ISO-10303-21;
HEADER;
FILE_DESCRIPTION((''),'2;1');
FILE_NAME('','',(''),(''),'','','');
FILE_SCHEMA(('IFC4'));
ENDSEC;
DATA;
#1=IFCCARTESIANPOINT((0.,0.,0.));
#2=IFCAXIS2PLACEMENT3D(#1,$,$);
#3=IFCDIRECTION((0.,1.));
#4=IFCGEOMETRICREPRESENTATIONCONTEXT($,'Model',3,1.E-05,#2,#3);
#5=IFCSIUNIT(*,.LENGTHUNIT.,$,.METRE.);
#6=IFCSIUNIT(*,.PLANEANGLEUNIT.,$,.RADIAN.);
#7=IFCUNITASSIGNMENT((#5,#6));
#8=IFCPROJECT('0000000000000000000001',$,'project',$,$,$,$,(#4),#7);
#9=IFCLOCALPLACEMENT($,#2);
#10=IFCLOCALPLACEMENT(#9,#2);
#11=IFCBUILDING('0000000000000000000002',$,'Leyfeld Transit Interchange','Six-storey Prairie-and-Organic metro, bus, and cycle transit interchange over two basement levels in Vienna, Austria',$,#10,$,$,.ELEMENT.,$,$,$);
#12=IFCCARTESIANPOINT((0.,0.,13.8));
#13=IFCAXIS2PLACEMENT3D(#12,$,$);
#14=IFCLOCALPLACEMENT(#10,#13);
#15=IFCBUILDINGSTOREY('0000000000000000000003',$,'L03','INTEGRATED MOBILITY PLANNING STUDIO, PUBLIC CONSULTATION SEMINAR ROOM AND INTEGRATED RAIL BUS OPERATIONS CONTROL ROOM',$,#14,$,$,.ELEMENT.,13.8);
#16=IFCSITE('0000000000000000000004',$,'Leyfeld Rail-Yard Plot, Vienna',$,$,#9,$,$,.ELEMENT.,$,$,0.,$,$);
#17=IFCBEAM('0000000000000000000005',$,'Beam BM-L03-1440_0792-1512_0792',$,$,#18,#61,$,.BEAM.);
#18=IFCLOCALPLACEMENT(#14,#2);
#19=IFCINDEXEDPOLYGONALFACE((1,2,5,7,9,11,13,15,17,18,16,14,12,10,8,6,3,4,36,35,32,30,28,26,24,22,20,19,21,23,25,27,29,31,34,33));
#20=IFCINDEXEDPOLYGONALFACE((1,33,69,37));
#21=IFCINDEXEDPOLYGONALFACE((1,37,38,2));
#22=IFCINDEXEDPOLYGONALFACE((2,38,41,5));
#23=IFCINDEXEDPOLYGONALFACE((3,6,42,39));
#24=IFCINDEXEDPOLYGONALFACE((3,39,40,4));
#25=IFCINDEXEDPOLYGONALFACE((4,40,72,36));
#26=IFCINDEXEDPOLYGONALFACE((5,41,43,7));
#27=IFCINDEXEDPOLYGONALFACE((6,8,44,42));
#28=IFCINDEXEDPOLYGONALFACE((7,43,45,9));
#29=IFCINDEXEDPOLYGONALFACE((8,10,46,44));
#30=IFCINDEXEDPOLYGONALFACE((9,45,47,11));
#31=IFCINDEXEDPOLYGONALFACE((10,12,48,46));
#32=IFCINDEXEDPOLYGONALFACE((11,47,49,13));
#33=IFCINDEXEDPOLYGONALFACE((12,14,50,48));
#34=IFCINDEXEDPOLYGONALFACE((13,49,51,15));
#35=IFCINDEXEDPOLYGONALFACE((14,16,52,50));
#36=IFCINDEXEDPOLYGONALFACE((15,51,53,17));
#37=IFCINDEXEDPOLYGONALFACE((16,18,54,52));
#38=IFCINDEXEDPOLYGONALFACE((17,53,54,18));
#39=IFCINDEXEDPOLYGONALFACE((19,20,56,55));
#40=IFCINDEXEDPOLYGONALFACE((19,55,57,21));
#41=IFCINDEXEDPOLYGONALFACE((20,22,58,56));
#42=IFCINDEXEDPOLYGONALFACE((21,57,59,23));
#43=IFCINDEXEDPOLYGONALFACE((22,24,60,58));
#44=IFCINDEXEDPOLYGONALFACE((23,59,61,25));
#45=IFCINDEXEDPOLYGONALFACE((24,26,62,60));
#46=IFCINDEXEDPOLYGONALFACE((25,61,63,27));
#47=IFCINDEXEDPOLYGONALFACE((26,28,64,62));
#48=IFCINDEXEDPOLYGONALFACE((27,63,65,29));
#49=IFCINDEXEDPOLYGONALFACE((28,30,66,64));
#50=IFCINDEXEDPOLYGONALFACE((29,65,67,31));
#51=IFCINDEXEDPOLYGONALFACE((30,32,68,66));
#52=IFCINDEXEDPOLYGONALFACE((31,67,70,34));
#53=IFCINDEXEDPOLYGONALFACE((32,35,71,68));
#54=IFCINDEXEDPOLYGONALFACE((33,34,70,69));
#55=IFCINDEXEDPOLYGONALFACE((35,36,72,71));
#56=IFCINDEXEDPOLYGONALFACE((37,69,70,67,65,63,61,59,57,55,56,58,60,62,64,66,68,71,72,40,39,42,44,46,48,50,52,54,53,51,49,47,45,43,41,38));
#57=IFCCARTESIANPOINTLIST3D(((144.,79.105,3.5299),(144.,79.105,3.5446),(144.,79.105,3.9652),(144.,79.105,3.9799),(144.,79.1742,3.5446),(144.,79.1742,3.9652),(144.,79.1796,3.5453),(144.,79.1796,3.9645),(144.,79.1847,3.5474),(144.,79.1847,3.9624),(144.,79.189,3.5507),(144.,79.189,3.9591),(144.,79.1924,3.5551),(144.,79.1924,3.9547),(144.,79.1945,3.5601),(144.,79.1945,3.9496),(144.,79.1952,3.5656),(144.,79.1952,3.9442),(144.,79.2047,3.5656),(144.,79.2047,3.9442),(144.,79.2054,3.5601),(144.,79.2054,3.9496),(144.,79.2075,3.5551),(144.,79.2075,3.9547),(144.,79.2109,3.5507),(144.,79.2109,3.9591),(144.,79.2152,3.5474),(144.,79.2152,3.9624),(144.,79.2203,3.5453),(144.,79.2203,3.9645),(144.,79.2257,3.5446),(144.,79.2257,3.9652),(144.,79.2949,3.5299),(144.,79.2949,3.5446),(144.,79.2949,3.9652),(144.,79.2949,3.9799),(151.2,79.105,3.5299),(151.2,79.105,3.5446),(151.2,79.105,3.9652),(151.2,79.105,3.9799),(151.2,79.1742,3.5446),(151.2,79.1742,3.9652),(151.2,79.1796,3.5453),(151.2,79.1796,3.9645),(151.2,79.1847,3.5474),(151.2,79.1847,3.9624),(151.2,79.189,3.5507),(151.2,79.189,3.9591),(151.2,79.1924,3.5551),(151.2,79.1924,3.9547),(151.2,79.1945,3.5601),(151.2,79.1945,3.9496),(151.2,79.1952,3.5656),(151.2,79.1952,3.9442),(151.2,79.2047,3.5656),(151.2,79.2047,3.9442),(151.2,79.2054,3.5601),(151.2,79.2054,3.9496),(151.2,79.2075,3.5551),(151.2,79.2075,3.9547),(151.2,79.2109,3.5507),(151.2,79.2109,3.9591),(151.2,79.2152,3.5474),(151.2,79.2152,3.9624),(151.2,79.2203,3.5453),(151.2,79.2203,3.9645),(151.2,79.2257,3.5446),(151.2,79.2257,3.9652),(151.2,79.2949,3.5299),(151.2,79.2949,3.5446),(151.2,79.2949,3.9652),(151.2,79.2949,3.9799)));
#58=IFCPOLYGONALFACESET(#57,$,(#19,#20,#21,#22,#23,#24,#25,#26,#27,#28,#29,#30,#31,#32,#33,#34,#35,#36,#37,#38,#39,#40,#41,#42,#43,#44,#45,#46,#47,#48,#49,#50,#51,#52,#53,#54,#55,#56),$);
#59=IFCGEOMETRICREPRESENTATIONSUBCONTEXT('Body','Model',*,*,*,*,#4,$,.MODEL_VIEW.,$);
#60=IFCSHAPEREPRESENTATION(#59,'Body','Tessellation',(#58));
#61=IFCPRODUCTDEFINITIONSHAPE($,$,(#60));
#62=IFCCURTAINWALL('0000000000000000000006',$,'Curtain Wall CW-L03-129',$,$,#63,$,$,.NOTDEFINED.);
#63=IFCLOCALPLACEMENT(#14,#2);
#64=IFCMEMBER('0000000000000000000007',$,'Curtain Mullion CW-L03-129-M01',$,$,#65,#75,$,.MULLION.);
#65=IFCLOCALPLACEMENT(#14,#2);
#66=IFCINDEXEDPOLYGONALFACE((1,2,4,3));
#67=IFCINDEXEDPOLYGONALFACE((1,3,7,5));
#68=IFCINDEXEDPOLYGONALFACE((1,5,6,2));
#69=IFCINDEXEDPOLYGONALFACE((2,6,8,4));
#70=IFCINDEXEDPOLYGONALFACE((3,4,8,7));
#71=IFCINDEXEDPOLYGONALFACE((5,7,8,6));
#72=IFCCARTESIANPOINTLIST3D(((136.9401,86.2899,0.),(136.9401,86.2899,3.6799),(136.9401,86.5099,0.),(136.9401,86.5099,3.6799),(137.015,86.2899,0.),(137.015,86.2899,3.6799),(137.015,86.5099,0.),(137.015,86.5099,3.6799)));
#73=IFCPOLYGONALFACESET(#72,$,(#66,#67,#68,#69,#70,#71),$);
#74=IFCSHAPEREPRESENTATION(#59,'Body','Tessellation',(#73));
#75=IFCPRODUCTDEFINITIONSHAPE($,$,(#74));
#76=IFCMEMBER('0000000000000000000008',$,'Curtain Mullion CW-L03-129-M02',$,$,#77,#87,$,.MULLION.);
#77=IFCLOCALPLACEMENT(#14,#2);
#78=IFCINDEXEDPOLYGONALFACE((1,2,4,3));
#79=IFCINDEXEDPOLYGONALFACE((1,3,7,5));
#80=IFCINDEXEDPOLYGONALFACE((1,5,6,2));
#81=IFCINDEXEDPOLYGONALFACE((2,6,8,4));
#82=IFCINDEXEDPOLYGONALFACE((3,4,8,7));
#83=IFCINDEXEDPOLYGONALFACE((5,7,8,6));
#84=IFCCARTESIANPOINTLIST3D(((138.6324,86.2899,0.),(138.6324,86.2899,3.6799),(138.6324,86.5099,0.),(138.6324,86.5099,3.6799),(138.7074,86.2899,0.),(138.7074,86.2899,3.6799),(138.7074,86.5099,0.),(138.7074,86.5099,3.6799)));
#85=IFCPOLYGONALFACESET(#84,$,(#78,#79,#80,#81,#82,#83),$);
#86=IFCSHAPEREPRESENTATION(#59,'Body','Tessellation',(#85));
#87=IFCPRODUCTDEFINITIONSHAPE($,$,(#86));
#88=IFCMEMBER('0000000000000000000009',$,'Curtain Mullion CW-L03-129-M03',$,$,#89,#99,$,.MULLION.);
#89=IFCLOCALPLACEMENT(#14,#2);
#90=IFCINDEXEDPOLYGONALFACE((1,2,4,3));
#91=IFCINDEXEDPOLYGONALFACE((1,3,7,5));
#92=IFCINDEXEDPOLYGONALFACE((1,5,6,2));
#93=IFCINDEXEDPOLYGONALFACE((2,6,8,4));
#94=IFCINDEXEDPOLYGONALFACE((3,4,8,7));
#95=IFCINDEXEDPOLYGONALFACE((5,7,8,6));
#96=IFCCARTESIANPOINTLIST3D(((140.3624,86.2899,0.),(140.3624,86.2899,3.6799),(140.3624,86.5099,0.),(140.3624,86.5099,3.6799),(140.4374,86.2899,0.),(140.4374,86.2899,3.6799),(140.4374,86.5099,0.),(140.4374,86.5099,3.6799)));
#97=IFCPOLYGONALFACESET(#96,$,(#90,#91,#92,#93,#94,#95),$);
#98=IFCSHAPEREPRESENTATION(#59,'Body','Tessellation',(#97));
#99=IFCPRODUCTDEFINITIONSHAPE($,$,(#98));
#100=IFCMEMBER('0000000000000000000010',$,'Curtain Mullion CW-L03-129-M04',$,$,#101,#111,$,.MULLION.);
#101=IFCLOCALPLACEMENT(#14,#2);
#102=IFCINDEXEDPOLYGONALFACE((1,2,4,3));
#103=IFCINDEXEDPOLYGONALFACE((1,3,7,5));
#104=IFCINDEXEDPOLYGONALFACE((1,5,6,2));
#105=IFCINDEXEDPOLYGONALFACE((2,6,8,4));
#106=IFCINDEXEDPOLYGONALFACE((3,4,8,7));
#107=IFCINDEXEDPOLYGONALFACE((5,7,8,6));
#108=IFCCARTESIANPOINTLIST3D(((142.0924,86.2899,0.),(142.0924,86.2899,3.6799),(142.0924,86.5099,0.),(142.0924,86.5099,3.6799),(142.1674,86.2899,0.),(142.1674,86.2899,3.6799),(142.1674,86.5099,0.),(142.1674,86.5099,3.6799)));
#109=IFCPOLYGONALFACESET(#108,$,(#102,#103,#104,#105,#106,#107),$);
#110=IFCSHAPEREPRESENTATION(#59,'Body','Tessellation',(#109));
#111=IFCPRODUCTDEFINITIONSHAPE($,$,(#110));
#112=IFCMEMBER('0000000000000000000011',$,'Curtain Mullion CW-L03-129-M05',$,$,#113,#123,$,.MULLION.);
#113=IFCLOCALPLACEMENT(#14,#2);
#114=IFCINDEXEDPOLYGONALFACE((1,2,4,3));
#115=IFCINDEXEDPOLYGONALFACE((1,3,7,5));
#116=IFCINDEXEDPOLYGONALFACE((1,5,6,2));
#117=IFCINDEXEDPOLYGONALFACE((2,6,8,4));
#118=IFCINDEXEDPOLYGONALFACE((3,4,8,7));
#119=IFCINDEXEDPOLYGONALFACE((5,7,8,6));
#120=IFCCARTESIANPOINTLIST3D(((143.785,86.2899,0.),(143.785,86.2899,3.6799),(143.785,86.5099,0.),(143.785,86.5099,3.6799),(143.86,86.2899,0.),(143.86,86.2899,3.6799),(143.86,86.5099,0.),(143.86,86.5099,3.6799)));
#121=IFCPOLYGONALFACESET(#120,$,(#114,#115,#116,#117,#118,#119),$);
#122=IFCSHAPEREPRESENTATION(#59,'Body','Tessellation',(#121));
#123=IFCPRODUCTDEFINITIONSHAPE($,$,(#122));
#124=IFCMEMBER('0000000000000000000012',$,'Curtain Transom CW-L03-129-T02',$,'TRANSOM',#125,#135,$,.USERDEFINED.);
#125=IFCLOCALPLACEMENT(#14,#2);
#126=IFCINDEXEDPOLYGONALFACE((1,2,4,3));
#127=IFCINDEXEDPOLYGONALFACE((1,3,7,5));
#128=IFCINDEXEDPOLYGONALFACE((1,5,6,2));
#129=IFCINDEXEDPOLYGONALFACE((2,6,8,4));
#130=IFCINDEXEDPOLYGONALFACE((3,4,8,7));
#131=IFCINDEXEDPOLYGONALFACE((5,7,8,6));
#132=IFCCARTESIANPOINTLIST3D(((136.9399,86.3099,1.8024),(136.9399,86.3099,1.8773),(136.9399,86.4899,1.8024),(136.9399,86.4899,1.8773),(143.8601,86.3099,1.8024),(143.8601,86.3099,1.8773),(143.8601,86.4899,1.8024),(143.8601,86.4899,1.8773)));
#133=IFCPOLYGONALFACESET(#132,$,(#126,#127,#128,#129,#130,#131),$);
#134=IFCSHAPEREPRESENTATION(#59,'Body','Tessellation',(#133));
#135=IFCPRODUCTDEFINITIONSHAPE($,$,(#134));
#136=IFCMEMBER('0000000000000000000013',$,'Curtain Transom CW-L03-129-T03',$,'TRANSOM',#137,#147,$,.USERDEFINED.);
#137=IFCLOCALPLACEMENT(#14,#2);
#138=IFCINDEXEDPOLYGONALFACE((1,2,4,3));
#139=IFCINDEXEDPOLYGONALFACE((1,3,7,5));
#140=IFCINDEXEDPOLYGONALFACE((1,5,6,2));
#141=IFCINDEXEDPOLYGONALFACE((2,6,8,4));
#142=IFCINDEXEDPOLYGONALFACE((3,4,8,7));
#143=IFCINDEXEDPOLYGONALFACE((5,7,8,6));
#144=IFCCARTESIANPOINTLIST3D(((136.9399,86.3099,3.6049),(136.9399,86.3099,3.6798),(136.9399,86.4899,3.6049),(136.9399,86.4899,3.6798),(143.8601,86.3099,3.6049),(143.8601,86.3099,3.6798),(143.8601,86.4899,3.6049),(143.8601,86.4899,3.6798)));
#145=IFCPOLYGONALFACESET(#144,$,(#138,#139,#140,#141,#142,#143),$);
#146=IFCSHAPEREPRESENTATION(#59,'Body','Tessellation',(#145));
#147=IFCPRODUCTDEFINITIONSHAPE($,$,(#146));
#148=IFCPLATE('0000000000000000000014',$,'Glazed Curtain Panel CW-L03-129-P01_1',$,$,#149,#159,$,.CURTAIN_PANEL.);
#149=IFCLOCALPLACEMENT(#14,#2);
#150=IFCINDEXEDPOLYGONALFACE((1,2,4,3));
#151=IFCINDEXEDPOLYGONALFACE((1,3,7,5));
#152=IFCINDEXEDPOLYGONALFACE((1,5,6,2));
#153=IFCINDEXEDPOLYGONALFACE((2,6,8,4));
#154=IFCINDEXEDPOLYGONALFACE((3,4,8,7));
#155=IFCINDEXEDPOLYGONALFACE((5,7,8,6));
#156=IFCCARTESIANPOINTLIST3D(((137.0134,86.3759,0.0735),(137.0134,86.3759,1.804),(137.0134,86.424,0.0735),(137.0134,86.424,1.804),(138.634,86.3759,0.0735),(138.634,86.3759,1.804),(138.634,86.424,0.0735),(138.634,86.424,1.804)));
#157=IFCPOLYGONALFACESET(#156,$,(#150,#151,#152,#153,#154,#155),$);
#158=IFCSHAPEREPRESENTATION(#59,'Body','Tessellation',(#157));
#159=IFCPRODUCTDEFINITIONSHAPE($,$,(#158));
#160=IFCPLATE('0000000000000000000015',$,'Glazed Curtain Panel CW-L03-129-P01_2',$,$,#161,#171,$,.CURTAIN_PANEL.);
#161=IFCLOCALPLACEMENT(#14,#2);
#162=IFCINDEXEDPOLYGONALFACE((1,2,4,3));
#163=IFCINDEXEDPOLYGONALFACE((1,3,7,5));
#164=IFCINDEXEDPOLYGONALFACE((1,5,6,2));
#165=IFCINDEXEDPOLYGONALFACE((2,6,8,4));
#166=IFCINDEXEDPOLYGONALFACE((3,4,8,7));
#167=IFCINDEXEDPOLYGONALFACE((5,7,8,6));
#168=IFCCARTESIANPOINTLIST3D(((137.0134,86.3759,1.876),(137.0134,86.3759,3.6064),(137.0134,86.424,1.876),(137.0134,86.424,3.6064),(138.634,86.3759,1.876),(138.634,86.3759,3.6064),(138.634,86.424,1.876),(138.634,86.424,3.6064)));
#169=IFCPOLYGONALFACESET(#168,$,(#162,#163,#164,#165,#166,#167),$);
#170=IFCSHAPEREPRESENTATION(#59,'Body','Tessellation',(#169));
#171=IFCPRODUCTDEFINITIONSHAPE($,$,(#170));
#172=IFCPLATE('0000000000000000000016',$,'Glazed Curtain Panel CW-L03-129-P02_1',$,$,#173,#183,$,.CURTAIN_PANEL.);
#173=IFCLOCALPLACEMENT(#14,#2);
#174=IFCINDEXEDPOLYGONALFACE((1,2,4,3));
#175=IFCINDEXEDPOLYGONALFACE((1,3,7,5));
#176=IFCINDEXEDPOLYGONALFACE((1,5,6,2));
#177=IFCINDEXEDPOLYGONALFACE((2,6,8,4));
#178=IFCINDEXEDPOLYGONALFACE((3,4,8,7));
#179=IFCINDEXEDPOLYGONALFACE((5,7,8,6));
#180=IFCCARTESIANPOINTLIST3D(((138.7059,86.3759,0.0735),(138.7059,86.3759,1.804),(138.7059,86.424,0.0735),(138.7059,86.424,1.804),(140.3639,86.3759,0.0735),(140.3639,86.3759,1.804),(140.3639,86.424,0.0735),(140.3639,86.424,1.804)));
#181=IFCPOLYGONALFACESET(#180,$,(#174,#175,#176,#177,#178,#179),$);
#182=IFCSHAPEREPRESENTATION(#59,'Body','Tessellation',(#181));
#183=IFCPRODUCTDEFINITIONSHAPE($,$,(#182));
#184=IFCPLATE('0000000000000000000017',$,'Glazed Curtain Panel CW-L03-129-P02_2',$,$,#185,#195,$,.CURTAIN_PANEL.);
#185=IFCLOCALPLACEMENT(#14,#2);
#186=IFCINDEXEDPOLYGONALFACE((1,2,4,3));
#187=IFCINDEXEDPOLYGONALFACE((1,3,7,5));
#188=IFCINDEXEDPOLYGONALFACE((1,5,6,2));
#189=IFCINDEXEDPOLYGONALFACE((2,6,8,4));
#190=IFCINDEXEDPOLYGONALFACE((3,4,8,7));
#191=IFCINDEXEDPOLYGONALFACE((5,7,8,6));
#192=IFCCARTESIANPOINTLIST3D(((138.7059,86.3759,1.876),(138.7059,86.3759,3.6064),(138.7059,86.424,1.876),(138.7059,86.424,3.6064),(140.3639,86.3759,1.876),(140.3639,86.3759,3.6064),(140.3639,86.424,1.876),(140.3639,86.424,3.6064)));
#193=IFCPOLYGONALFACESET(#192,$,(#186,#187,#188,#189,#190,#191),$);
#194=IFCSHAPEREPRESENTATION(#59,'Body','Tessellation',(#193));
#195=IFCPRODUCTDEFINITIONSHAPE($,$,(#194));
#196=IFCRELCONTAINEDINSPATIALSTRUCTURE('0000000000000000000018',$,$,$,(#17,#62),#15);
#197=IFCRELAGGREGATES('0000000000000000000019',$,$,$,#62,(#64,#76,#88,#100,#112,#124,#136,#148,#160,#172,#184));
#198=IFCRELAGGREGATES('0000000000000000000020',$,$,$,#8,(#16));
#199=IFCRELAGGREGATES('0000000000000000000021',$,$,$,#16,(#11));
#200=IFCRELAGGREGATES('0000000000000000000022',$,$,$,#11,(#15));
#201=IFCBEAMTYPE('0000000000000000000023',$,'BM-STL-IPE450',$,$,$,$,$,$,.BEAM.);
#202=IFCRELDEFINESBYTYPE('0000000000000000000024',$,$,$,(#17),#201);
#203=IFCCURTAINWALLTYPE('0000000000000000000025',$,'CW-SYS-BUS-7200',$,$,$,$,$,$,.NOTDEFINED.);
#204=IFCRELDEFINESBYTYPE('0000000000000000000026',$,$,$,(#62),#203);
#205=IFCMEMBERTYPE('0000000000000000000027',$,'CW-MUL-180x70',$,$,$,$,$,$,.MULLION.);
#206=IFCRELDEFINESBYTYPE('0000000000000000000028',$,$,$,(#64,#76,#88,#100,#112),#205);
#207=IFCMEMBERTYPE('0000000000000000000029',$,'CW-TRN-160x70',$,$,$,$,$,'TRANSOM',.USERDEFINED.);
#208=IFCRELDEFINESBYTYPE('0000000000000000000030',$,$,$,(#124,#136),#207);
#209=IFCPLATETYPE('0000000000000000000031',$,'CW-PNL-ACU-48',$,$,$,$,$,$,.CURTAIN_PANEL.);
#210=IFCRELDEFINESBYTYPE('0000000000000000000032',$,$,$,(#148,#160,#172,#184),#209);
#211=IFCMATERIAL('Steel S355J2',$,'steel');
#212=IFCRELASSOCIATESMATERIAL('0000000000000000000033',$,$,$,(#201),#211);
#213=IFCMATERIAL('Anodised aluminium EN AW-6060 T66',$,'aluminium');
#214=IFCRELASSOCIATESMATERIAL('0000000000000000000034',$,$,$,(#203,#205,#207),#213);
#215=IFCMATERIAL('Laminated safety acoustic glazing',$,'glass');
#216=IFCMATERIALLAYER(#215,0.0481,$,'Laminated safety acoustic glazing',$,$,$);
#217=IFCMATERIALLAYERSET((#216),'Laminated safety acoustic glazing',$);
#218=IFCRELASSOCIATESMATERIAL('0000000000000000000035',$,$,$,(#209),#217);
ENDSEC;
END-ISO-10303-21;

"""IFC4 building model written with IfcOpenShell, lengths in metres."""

from ifc_helpers import new_model, si_unit, direction, frame, origin, origin_2d, place, context, subcontext, project, spatial, rectangle, i_section, extrude, material, layer, layer_set, material_profile, profile_set, type_object, element, aggregate, save


model = new_model("IFC4")

# Units and contexts
model_context = context("Model", 3, precision=1e-05, world=origin(), true_north=direction((0.0, 1.0)))
body_context = subcontext(model_context, "Body", "Model", "MODEL_VIEW")
ifc_project = project(units=[si_unit("LENGTHUNIT", "METRE"), si_unit("PLANEANGLEUNIT", "RADIAN")], contexts=[model_context])

# Site, building, storey
site_placement = place(None, origin())
site = spatial("IfcSite", under=ifc_project, at=site_placement, Name="Leyfeld Rail-Yard Plot, Vienna", CompositionType="ELEMENT", RefElevation=0.0)
building_placement = place(site_placement, origin())
building = spatial("IfcBuilding", under=site, at=building_placement, Name="Leyfeld Transit Interchange", Description="Six-storey Prairie-and-Organic metro, bus, and cycle transit interchange over two basement levels in Vienna, Austria", CompositionType="ELEMENT")
storey_placement = place(building_placement, frame((0.0, 0.0, 13.8)))
storey = spatial("IfcBuildingStorey", under=building, at=storey_placement, Name="L03", Description="INTEGRATED MOBILITY PLANNING STUDIO, PUBLIC CONSULTATION SEMINAR ROOM AND INTEGRATED RAIL BUS OPERATIONS CONTROL ROOM", CompositionType="ELEMENT", Elevation=13.8)

# Shared definitions
ifc_material_1 = material(Name="Steel S355J2", Category="steel")

# Beam
ifc_material_profile_1 = material_profile(ifc_material_1, i_section(OverallWidth=0.1899, OverallDepth=0.45, WebThickness=0.0095, FlangeThickness=0.0146, FilletRadius=0.021, at=origin_2d()), Name="IPE 450")
ifc_profile_set_1 = profile_set([ifc_material_profile_1], Name="Steel S355J2")
beam_type_1 = type_object("IfcBeamType", Name="BM-STL-IPE450", PredefinedType="BEAM", material=ifc_profile_set_1)
beam_1_placement = place(storey_placement, frame((144.0, 79.2, 3.7549), z_axis=(1.0, 0.0, 0.0), x_axis=(0.0, 1.0, 0.0)))
element("IfcBeam", 1, at=beam_1_placement, inside=storey, type_object=beam_type_1, Name="Beam BM-L03-1440_0792-1512_0792", PredefinedType="BEAM", context=body_context, shape_type="SweptSolid", body=[
    extrude(i_section(OverallWidth=0.1899, OverallDepth=0.45, WebThickness=0.0095, FlangeThickness=0.0146, FilletRadius=0.021, at=origin_2d()), origin(), (0.0, 0.0, 1.0), 7.2),
])

# Curtain wall, members, plates
ifc_material_2 = material(Name="Anodised aluminium EN AW-6060 T66", Category="aluminium")
curtain_wall_type = type_object("IfcCurtainWallType", Name="CW-SYS-BUS-7200", PredefinedType="NOTDEFINED", material=ifc_material_2)
curtain_wall_placement = place(storey_placement, origin())
curtain_wall = element("IfcCurtainWall", 2, at=curtain_wall_placement, inside=storey, type_object=curtain_wall_type, Name="Curtain Wall CW-L03-129", PredefinedType="NOTDEFINED")
ifc_material_profile_2 = material_profile(ifc_material_2, rectangle(XDim=0.075, YDim=0.22, at=origin_2d()), Name="CW-M 75x220")
ifc_profile_set_2 = profile_set([ifc_material_profile_2], Name="Anodised aluminium EN AW-6060 T66")
member_type_1 = type_object("IfcMemberType", Name="CW-MUL-180x70", PredefinedType="MULLION", material=ifc_profile_set_2)
member_1_placement = place(storey_placement, frame((136.9775, 86.3999, 0.0), z_axis=(0.0, 0.0, 1.0), x_axis=(1.0, 0.0, 0.0)))
member_1 = element("IfcMember", 3, at=member_1_placement, type_object=member_type_1, Name="Curtain Mullion CW-L03-129-M01", PredefinedType="MULLION", context=body_context, shape_type="SweptSolid", body=[
    extrude(rectangle(XDim=0.075, YDim=0.22, at=origin_2d()), origin(), (0.0, 0.0, 1.0), 3.6799),
])
member_2_placement = place(storey_placement, frame((138.6699, 86.3999, 0.0), z_axis=(0.0, 0.0, 1.0), x_axis=(1.0, 0.0, 0.0)))
member_2 = element("IfcMember", 4, at=member_2_placement, type_object=member_type_1, Name="Curtain Mullion CW-L03-129-M02", PredefinedType="MULLION", context=body_context, shape_type="SweptSolid", body=[
    extrude(rectangle(XDim=0.075, YDim=0.22, at=origin_2d()), origin(), (0.0, 0.0, 1.0), 3.6799),
])
member_3_placement = place(storey_placement, frame((140.3999, 86.3999, 0.0), z_axis=(0.0, 0.0, 1.0), x_axis=(1.0, 0.0, 0.0)))
member_3 = element("IfcMember", 5, at=member_3_placement, type_object=member_type_1, Name="Curtain Mullion CW-L03-129-M03", PredefinedType="MULLION", context=body_context, shape_type="SweptSolid", body=[
    extrude(rectangle(XDim=0.075, YDim=0.22, at=origin_2d()), origin(), (0.0, 0.0, 1.0), 3.6799),
])
member_4_placement = place(storey_placement, frame((142.1299, 86.3999, 0.0), z_axis=(0.0, 0.0, 1.0), x_axis=(1.0, 0.0, 0.0)))
member_4 = element("IfcMember", 6, at=member_4_placement, type_object=member_type_1, Name="Curtain Mullion CW-L03-129-M04", PredefinedType="MULLION", context=body_context, shape_type="SweptSolid", body=[
    extrude(rectangle(XDim=0.075, YDim=0.22, at=origin_2d()), origin(), (0.0, 0.0, 1.0), 3.6799),
])
member_5_placement = place(storey_placement, frame((143.8225, 86.3999, 0.0), z_axis=(0.0, 0.0, 1.0), x_axis=(1.0, 0.0, 0.0)))
member_5 = element("IfcMember", 7, at=member_5_placement, type_object=member_type_1, Name="Curtain Mullion CW-L03-129-M05", PredefinedType="MULLION", context=body_context, shape_type="SweptSolid", body=[
    extrude(rectangle(XDim=0.075, YDim=0.22, at=origin_2d()), origin(), (0.0, 0.0, 1.0), 3.6799),
])
ifc_material_profile_3 = material_profile(ifc_material_2, rectangle(XDim=0.1799, YDim=0.075, at=origin_2d()), Name="CW-TRN-160x70")
ifc_profile_set_3 = profile_set([ifc_material_profile_3], Name="Anodised aluminium EN AW-6060 T66")
member_type_2 = type_object("IfcMemberType", Name="CW-TRN-160x70", ElementType="TRANSOM", PredefinedType="USERDEFINED", material=ifc_profile_set_3)
member_6_placement = place(storey_placement, frame((136.9399, 86.3999, 1.8398), z_axis=(1.0, 0.0, 0.0), x_axis=(0.0, 1.0, 0.0)))
member_6 = element("IfcMember", 8, at=member_6_placement, type_object=member_type_2, Name="Curtain Transom CW-L03-129-T02", ObjectType="TRANSOM", PredefinedType="USERDEFINED", context=body_context, shape_type="SweptSolid", body=[
    extrude(rectangle(XDim=0.1799, YDim=0.075, at=origin_2d()), origin(), (0.0, 0.0, 1.0), 6.9202),
])
member_7_placement = place(storey_placement, frame((136.9399, 86.3999, 3.6423), z_axis=(1.0, 0.0, 0.0), x_axis=(0.0, 1.0, 0.0)))
member_7 = element("IfcMember", 9, at=member_7_placement, type_object=member_type_2, Name="Curtain Transom CW-L03-129-T03", ObjectType="TRANSOM", PredefinedType="USERDEFINED", context=body_context, shape_type="SweptSolid", body=[
    extrude(rectangle(XDim=0.1799, YDim=0.075, at=origin_2d()), origin(), (0.0, 0.0, 1.0), 6.9202),
])
ifc_material_3 = material(Name="Laminated safety acoustic glazing", Category="glass")
ifc_layer_1 = layer(ifc_material_3, 0.0481, Name="Laminated safety acoustic glazing")
ifc_layer_set_1 = layer_set([ifc_layer_1], Name="Laminated safety acoustic glazing")
plate_type_1 = type_object("IfcPlateType", Name="CW-PNL-ACU-48", PredefinedType="CURTAIN_PANEL", material=ifc_layer_set_1)
plate_1_placement = place(storey_placement, frame((137.8237, 86.3999, 0.0735), z_axis=(0.0, 0.0, 1.0), x_axis=(1.0, 0.0, 0.0)))
plate_1 = element("IfcPlate", 10, at=plate_1_placement, type_object=plate_type_1, Name="Glazed Curtain Panel CW-L03-129-P01_1", PredefinedType="CURTAIN_PANEL", context=body_context, shape_type="SweptSolid", body=[
    extrude(rectangle(XDim=1.6206, YDim=0.0481, at=origin_2d()), origin(), (0.0, 0.0, 1.0), 1.7305),
])
plate_2_placement = place(storey_placement, frame((137.8237, 86.3999, 1.876), z_axis=(0.0, 0.0, 1.0), x_axis=(1.0, 0.0, 0.0)))
plate_2 = element("IfcPlate", 11, at=plate_2_placement, type_object=plate_type_1, Name="Glazed Curtain Panel CW-L03-129-P01_2", PredefinedType="CURTAIN_PANEL", context=body_context, shape_type="SweptSolid", body=[
    extrude(rectangle(XDim=1.6206, YDim=0.0481, at=origin_2d()), origin(), (0.0, 0.0, 1.0), 1.7305),
])
plate_3_placement = place(storey_placement, frame((139.5349, 86.3999, 0.0735), z_axis=(0.0, 0.0, 1.0), x_axis=(1.0, 0.0, 0.0)))
plate_3 = element("IfcPlate", 12, at=plate_3_placement, type_object=plate_type_1, Name="Glazed Curtain Panel CW-L03-129-P02_1", PredefinedType="CURTAIN_PANEL", context=body_context, shape_type="SweptSolid", body=[
    extrude(rectangle(XDim=1.658, YDim=0.0481, at=origin_2d()), origin(), (0.0, 0.0, 1.0), 1.7305),
])
plate_4_placement = place(storey_placement, frame((139.5349, 86.3999, 1.876), z_axis=(0.0, 0.0, 1.0), x_axis=(1.0, 0.0, 0.0)))
plate_4 = element("IfcPlate", 13, at=plate_4_placement, type_object=plate_type_1, Name="Glazed Curtain Panel CW-L03-129-P02_2", PredefinedType="CURTAIN_PANEL", context=body_context, shape_type="SweptSolid", body=[
    extrude(rectangle(XDim=1.658, YDim=0.0481, at=origin_2d()), origin(), (0.0, 0.0, 1.0), 1.7305),
])
aggregate(curtain_wall, [member_1, member_2, member_3, member_4, member_5, member_6, member_7, plate_1, plate_2, plate_3, plate_4])

save(model, "model.ifc")
